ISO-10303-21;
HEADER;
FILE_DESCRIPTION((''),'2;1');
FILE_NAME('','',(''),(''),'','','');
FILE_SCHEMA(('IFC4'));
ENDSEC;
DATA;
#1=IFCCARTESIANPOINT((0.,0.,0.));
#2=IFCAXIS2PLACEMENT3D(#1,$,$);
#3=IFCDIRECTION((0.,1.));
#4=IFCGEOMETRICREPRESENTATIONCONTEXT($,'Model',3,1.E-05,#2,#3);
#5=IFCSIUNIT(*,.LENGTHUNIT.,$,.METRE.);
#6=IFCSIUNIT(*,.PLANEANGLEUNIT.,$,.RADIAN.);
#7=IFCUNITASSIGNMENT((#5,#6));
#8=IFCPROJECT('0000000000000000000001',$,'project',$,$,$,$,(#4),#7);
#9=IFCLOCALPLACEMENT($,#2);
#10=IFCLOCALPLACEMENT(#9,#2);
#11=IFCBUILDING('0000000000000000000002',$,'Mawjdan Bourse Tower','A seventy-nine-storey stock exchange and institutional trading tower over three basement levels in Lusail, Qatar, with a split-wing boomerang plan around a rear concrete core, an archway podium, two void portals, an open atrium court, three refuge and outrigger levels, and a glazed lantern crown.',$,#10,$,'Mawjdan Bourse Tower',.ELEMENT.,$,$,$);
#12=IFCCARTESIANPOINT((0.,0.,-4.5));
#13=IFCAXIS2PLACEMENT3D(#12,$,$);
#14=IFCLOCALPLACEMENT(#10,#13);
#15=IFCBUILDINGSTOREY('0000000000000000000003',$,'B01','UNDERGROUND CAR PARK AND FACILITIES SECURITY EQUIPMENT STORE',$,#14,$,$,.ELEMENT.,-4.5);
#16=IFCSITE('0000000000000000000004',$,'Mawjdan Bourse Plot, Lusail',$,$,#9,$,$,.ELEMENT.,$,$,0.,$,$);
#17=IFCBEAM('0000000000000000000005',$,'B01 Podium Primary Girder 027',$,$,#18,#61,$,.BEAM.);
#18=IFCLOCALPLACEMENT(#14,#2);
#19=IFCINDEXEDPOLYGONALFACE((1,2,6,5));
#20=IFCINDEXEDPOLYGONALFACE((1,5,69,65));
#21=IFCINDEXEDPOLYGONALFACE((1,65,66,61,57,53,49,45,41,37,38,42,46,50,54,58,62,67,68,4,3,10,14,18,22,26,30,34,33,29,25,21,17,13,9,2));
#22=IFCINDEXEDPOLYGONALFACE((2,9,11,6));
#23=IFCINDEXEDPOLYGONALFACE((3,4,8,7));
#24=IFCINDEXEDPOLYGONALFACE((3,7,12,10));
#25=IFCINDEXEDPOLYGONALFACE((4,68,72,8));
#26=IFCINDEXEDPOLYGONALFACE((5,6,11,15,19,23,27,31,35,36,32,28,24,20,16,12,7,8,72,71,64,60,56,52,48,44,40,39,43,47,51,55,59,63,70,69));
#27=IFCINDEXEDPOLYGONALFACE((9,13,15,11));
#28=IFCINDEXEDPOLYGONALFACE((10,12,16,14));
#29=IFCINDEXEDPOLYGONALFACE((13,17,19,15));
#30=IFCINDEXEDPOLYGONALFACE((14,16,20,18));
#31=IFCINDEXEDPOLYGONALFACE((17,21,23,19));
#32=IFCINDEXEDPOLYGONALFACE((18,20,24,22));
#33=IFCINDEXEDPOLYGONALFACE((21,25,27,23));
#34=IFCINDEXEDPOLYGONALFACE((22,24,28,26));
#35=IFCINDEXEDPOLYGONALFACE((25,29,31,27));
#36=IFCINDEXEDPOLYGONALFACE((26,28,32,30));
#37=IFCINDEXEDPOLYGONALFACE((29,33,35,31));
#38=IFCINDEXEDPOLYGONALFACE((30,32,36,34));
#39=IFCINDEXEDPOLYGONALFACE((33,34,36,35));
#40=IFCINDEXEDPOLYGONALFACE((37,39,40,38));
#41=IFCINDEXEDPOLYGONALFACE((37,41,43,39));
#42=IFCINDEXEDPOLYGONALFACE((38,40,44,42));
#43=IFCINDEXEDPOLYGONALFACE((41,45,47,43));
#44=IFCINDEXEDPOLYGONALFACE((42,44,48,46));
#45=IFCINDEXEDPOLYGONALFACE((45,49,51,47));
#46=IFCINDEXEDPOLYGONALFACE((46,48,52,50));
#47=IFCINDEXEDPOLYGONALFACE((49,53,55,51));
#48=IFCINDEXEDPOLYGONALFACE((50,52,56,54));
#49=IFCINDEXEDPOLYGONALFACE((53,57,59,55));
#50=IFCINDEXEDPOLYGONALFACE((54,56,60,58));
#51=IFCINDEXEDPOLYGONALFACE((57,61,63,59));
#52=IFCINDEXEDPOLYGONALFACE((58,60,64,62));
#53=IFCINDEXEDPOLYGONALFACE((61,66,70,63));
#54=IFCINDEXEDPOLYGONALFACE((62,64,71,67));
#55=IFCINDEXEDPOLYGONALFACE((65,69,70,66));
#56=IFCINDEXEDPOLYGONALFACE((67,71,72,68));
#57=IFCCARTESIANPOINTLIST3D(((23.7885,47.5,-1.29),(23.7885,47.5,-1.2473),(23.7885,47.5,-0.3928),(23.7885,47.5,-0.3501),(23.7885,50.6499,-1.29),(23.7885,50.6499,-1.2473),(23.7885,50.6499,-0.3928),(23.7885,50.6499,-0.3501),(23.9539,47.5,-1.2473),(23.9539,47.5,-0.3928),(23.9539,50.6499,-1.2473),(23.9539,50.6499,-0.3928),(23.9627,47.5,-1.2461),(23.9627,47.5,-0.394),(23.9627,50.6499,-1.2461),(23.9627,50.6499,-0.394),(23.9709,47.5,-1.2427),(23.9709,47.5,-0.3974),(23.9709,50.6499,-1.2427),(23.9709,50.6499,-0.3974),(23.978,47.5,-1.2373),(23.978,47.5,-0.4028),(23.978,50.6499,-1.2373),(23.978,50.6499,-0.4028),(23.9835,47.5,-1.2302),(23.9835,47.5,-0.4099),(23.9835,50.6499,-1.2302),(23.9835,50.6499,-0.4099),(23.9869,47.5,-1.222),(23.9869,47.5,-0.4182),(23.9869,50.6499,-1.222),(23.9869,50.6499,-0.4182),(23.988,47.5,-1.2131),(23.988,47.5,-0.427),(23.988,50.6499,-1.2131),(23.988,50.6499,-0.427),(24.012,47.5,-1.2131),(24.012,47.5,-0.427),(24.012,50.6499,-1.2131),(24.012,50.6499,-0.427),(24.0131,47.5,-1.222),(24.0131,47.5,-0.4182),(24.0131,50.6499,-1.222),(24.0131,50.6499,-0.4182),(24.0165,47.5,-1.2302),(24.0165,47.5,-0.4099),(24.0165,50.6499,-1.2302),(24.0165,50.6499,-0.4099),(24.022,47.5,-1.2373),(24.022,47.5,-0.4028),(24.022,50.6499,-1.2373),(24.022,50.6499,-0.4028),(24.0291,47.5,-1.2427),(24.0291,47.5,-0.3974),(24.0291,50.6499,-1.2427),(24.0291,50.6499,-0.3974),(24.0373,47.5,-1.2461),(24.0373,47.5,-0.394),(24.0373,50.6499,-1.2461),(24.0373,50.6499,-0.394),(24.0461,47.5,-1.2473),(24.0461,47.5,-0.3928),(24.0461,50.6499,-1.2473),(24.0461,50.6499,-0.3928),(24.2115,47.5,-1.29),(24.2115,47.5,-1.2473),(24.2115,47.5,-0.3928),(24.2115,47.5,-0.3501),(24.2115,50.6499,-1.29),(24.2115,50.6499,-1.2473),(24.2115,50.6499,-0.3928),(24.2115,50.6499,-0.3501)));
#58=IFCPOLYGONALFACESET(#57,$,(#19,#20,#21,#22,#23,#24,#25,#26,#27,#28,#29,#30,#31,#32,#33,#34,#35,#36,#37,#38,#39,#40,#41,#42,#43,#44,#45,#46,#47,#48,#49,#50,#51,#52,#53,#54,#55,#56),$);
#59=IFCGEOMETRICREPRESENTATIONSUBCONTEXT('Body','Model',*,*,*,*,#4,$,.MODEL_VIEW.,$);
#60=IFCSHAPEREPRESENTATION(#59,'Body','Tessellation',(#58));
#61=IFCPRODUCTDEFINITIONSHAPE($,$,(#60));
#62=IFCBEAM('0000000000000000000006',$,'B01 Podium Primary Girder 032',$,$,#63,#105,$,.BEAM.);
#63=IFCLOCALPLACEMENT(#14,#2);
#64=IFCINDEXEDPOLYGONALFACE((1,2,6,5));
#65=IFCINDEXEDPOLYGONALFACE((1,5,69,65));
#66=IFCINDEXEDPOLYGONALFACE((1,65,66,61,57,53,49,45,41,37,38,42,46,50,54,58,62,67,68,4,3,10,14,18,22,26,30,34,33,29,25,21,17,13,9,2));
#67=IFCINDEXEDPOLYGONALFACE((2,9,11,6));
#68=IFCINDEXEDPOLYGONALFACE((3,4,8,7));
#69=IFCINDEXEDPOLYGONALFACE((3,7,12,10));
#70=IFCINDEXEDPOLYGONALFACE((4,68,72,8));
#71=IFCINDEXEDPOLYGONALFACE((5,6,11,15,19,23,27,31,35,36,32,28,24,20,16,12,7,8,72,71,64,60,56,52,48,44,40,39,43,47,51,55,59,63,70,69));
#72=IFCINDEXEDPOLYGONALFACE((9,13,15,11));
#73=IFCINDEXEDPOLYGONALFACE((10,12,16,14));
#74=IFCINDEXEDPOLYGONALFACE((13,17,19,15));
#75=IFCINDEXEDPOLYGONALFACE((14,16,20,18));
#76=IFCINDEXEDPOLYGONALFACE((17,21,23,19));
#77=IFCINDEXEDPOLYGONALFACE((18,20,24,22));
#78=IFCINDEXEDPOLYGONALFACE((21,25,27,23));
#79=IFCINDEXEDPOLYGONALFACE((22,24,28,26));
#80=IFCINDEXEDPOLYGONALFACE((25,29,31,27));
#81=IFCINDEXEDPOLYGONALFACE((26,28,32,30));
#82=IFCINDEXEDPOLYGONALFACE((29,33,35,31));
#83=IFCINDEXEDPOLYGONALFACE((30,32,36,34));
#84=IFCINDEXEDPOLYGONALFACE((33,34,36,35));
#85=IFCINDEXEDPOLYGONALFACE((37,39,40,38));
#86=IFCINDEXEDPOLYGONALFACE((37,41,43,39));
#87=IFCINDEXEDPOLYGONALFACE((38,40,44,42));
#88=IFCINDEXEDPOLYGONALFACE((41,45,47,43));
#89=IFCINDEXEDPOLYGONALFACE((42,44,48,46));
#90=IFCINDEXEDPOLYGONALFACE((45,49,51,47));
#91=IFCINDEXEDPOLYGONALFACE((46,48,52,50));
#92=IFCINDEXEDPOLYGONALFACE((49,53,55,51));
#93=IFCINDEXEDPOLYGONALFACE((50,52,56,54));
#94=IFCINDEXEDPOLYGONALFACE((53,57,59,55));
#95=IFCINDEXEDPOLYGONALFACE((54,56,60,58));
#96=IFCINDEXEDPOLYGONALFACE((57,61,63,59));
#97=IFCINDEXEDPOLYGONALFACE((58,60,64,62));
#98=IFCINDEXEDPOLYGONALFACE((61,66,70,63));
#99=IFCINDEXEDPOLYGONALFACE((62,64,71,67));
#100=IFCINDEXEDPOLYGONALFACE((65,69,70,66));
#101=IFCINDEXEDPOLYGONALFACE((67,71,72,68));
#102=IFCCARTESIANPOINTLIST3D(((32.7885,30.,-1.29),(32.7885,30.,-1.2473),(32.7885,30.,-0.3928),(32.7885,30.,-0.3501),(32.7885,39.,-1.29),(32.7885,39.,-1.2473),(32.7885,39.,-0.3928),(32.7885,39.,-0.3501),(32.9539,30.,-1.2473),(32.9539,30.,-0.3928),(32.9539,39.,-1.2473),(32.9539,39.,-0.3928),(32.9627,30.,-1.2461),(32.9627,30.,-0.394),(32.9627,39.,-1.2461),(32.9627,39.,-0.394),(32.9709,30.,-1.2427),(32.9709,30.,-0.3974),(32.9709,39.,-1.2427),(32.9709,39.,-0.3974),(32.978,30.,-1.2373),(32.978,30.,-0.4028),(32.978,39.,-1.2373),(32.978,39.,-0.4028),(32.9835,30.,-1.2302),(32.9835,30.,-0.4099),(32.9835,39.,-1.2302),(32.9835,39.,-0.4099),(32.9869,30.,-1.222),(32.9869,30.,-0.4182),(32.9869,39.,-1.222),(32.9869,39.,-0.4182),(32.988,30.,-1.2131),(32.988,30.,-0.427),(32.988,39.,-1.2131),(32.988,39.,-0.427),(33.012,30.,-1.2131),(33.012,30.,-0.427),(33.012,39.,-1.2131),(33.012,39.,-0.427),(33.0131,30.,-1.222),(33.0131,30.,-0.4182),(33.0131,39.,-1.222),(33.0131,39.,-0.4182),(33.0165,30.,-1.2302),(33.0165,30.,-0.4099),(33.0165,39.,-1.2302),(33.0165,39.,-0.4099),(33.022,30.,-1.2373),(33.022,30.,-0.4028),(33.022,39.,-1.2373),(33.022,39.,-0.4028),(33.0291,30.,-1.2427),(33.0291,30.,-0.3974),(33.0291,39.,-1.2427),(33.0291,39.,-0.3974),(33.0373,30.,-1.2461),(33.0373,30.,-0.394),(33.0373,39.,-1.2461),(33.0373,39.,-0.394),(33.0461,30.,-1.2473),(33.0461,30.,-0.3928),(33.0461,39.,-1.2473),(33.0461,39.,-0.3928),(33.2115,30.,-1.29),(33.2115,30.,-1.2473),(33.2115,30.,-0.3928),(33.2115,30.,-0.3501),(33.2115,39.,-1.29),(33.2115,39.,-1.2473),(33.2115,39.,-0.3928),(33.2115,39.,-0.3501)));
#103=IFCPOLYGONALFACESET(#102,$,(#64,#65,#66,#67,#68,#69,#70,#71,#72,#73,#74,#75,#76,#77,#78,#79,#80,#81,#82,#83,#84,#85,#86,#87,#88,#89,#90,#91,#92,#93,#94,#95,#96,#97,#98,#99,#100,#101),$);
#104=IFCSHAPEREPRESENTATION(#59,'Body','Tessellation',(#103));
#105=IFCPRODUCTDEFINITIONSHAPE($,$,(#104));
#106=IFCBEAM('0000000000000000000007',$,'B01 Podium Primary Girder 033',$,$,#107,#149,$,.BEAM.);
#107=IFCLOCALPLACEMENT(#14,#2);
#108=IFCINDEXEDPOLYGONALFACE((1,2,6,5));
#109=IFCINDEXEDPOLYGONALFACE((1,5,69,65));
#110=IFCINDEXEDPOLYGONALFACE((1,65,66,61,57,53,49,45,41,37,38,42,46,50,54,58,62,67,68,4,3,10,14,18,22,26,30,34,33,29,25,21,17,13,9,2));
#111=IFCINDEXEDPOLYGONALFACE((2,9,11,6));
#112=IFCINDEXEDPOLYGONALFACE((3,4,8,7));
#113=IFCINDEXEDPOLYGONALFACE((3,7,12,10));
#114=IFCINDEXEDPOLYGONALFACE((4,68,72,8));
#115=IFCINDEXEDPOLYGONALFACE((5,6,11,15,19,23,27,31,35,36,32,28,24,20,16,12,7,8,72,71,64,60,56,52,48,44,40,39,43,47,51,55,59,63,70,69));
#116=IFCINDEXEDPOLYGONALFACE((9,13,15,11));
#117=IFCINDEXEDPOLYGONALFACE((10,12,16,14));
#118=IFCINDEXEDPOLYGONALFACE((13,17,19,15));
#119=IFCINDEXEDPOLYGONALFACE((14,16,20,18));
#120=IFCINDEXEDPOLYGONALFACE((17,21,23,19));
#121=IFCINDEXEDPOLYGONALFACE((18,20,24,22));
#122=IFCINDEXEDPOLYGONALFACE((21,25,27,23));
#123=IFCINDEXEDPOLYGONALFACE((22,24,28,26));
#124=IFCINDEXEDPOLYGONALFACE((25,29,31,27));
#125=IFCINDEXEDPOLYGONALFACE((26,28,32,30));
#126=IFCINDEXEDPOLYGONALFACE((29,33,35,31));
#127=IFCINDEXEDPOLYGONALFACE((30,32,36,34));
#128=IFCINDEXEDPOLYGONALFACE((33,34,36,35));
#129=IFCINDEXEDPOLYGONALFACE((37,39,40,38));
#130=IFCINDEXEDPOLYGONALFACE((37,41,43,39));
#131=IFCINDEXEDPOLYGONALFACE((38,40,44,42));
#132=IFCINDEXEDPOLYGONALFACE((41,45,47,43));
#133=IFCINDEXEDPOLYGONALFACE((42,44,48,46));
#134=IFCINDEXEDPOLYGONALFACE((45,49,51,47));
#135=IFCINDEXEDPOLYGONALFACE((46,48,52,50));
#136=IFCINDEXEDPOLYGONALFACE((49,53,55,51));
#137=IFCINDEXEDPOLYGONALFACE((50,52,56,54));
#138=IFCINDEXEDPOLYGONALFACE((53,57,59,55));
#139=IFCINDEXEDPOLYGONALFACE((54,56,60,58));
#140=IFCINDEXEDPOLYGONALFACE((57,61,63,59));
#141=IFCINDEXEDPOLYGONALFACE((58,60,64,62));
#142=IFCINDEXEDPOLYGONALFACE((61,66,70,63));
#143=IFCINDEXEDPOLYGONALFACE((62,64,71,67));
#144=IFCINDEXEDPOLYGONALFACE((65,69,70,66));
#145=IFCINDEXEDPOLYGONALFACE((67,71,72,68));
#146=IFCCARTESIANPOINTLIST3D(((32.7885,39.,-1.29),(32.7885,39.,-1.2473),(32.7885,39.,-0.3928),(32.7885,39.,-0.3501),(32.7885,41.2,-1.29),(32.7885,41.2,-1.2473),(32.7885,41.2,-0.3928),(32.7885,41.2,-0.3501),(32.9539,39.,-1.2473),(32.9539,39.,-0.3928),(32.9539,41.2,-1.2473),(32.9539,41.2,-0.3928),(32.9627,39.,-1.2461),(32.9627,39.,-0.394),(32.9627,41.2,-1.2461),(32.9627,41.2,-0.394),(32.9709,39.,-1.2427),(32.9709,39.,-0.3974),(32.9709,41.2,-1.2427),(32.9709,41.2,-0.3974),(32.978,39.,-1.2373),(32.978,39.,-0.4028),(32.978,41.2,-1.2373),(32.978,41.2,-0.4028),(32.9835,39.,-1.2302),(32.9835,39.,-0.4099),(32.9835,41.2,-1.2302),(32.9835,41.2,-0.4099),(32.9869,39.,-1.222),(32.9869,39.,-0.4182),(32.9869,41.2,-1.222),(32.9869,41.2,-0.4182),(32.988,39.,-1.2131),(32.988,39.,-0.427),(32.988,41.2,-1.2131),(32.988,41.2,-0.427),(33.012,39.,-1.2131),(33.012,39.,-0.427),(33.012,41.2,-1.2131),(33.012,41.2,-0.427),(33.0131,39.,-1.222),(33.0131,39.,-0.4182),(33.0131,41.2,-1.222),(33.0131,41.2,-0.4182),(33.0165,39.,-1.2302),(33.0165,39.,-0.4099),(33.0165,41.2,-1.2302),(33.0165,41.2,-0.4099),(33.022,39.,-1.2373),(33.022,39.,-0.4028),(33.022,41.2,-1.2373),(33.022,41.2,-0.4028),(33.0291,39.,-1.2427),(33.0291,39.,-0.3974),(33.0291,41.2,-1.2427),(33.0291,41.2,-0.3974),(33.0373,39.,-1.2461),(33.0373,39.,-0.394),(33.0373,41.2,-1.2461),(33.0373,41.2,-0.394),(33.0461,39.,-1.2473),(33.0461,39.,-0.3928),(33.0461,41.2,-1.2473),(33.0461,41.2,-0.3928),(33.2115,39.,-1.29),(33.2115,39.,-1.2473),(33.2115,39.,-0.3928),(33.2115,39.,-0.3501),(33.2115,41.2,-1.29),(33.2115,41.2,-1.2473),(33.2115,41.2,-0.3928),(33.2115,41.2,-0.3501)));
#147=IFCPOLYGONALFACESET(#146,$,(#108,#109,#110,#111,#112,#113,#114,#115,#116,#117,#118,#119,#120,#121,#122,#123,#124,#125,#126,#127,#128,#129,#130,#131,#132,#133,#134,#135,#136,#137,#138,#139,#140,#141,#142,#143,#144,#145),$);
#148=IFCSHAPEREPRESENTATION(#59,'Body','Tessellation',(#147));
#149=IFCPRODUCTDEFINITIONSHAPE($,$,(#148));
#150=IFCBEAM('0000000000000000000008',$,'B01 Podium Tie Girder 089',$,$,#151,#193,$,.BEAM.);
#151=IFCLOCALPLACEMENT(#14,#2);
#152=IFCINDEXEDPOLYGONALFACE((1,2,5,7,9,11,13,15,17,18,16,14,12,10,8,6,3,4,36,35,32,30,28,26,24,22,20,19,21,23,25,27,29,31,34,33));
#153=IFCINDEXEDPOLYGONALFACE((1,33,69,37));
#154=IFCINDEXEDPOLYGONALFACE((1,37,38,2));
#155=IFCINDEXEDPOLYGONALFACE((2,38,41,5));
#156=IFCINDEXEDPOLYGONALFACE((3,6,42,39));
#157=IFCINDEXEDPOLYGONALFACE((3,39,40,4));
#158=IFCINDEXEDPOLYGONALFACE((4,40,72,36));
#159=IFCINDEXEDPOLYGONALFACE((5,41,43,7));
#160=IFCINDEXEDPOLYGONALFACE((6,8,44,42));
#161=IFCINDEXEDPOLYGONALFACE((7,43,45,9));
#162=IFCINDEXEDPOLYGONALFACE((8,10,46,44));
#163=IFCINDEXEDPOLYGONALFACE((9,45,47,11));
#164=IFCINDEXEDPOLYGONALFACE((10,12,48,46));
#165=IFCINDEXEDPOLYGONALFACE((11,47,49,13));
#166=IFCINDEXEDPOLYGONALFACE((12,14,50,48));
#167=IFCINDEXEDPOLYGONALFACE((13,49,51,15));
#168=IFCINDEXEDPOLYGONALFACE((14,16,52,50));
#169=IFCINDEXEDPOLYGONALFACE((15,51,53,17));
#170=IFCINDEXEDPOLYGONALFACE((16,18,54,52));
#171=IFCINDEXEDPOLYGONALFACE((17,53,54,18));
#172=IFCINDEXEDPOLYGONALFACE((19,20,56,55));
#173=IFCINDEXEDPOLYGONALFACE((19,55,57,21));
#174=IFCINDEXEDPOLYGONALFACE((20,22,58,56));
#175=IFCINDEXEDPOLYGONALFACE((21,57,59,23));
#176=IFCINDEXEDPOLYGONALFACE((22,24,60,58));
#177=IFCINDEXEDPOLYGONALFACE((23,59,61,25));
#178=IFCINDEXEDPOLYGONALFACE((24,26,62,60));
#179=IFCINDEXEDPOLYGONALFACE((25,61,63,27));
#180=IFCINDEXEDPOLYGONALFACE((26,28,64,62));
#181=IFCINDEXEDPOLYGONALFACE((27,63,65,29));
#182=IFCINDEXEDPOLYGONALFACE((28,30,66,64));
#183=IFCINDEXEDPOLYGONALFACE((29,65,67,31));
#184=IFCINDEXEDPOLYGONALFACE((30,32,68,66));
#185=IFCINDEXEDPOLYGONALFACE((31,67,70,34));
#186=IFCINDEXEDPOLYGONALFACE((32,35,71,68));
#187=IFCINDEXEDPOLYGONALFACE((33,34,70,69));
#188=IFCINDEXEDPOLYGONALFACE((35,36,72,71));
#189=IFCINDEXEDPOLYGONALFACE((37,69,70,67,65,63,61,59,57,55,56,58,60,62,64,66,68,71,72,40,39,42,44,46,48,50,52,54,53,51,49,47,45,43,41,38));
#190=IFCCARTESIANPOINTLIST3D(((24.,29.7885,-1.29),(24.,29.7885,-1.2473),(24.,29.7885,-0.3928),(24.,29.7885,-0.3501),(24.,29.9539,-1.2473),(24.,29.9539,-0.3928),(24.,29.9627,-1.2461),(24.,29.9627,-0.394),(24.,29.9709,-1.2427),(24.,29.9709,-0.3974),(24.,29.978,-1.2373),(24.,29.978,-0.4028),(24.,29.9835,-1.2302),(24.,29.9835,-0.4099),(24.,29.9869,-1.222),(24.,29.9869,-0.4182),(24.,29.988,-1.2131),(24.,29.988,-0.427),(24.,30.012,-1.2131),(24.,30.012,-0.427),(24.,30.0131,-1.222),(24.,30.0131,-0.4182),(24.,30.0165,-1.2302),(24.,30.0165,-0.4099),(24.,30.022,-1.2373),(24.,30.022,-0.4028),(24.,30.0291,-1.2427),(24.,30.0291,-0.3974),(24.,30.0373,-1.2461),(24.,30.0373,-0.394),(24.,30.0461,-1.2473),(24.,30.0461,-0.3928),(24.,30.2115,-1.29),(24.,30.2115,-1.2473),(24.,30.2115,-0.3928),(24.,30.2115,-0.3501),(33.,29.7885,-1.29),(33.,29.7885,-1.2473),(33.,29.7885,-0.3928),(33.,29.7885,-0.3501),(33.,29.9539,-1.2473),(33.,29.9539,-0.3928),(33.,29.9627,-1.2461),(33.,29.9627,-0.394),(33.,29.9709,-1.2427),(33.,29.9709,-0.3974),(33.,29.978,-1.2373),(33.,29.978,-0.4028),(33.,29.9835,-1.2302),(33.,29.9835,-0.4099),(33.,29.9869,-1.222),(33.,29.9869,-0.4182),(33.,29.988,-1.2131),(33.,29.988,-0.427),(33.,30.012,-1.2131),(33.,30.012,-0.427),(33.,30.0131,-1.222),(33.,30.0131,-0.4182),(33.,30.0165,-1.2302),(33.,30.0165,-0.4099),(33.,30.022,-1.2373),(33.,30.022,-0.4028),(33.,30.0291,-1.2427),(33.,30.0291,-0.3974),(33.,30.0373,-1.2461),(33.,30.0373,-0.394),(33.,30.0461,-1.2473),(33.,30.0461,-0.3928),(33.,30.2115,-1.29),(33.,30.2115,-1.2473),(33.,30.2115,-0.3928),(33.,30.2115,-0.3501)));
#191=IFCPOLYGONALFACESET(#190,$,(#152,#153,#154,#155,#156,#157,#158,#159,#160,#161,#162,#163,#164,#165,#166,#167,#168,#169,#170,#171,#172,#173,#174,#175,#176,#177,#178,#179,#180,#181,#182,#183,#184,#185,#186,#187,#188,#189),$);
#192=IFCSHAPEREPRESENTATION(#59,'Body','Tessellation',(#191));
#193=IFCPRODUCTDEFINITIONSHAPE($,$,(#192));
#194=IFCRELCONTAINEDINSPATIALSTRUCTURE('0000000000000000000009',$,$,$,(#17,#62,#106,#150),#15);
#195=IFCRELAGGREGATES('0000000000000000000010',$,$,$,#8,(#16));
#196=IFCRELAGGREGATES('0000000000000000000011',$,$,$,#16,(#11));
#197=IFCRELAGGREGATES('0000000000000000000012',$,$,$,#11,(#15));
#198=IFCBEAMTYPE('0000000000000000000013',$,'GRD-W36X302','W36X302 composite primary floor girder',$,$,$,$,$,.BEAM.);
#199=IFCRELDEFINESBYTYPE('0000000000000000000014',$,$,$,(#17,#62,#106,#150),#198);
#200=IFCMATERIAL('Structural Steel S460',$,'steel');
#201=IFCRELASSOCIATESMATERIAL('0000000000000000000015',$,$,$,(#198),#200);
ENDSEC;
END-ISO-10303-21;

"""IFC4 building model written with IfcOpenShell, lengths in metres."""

from ifc_helpers import new_model, si_unit, direction, frame, origin, origin_2d, place, context, subcontext, project, spatial, i_section, extrude, material, material_profile, profile_set, type_object, element, save


model = new_model("IFC4")

# Units and contexts
model_context = context("Model", 3, precision=1e-05, world=origin(), true_north=direction((0.0, 1.0)))
body_context = subcontext(model_context, "Body", "Model", "MODEL_VIEW")
ifc_project = project(units=[si_unit("LENGTHUNIT", "METRE"), si_unit("PLANEANGLEUNIT", "RADIAN")], contexts=[model_context])

# Site, building, storey
site_placement = place(None, origin())
site = spatial("IfcSite", under=ifc_project, at=site_placement, Name="Mawjdan Bourse Plot, Lusail", CompositionType="ELEMENT", RefElevation=0.0)
building_placement = place(site_placement, origin())
building = spatial("IfcBuilding", under=site, at=building_placement, Name="Mawjdan Bourse Tower", Description="A seventy-nine-storey stock exchange and institutional trading tower over three basement levels in Lusail, Qatar, with a split-wing boomerang plan around a rear concrete core, an archway podium, two void portals, an open atrium court, three refuge and outrigger levels, and a glazed lantern crown.", LongName="Mawjdan Bourse Tower", CompositionType="ELEMENT")
storey_placement = place(building_placement, frame((0.0, 0.0, -4.5)))
storey = spatial("IfcBuildingStorey", under=building, at=storey_placement, Name="B01", Description="UNDERGROUND CAR PARK AND FACILITIES SECURITY EQUIPMENT STORE", CompositionType="ELEMENT", Elevation=-4.5)

# Beams
ifc_material_1 = material(Name="Structural Steel S460", Category="steel")
ifc_material_profile_1 = material_profile(ifc_material_1, i_section(OverallWidth=0.4231, OverallDepth=0.9399, WebThickness=0.0239, FlangeThickness=0.0427, FilletRadius=0.0342, at=origin_2d()), Name="W36X302")
ifc_profile_set_1 = profile_set([ifc_material_profile_1], Name="Structural Steel S460")
beam_type_1 = type_object("IfcBeamType", Name="GRD-W36X302", Description="W36X302 composite primary floor girder", PredefinedType="BEAM", material=ifc_profile_set_1)
beam_1_placement = place(storey_placement, frame((24.0, 47.5, -0.8201), z_axis=(0.0, 1.0, 0.0), x_axis=(-1.0, 0.0, 0.0)))
element("IfcBeam", 1, at=beam_1_placement, inside=storey, type_object=beam_type_1, Name="B01 Podium Primary Girder 027", PredefinedType="BEAM", context=body_context, shape_type="SweptSolid", body=[
    extrude(i_section(OverallWidth=0.4231, OverallDepth=0.9399, WebThickness=0.0239, FlangeThickness=0.0427, FilletRadius=0.0342, at=origin_2d()), origin(), (0.0, 0.0, 1.0), 3.1499),
])
beam_2_placement = place(storey_placement, frame((33.0, 30.0, -0.8201), z_axis=(0.0, 1.0, 0.0), x_axis=(-1.0, 0.0, 0.0)))
element("IfcBeam", 2, at=beam_2_placement, inside=storey, type_object=beam_type_1, Name="B01 Podium Primary Girder 032", PredefinedType="BEAM", context=body_context, shape_type="SweptSolid", body=[
    extrude(i_section(OverallWidth=0.4231, OverallDepth=0.9399, WebThickness=0.0239, FlangeThickness=0.0427, FilletRadius=0.0342, at=origin_2d()), origin(), (0.0, 0.0, 1.0), 9.0),
])
beam_3_placement = place(storey_placement, frame((33.0, 39.0, -0.8201), z_axis=(0.0, 1.0, 0.0), x_axis=(-1.0, 0.0, 0.0)))
element("IfcBeam", 3, at=beam_3_placement, inside=storey, type_object=beam_type_1, Name="B01 Podium Primary Girder 033", PredefinedType="BEAM", context=body_context, shape_type="SweptSolid", body=[
    extrude(i_section(OverallWidth=0.4231, OverallDepth=0.9399, WebThickness=0.0239, FlangeThickness=0.0427, FilletRadius=0.0342, at=origin_2d()), origin(), (0.0, 0.0, 1.0), 2.2),
])
for number, where, z_axis, x_axis, name in (
    (4, (24.0, 30.0, -0.8201), (1.0, 0.0, 0.0), (0.0, 1.0, 0.0), "B01 Podium Tie Girder 089"),
):
    element("IfcBeam", number, at=place(storey_placement, frame(where, z_axis=z_axis, x_axis=x_axis)), inside=storey, type_object=beam_type_1, Name=name, PredefinedType="BEAM", context=body_context, shape_type="SweptSolid", body=[
        extrude(i_section(OverallWidth=0.4231, OverallDepth=0.9399, WebThickness=0.0239, FlangeThickness=0.0427, FilletRadius=0.0342, at=origin_2d()), origin(), (0.0, 0.0, 1.0), 9.0),
    ])

save(model, "model.ifc")
